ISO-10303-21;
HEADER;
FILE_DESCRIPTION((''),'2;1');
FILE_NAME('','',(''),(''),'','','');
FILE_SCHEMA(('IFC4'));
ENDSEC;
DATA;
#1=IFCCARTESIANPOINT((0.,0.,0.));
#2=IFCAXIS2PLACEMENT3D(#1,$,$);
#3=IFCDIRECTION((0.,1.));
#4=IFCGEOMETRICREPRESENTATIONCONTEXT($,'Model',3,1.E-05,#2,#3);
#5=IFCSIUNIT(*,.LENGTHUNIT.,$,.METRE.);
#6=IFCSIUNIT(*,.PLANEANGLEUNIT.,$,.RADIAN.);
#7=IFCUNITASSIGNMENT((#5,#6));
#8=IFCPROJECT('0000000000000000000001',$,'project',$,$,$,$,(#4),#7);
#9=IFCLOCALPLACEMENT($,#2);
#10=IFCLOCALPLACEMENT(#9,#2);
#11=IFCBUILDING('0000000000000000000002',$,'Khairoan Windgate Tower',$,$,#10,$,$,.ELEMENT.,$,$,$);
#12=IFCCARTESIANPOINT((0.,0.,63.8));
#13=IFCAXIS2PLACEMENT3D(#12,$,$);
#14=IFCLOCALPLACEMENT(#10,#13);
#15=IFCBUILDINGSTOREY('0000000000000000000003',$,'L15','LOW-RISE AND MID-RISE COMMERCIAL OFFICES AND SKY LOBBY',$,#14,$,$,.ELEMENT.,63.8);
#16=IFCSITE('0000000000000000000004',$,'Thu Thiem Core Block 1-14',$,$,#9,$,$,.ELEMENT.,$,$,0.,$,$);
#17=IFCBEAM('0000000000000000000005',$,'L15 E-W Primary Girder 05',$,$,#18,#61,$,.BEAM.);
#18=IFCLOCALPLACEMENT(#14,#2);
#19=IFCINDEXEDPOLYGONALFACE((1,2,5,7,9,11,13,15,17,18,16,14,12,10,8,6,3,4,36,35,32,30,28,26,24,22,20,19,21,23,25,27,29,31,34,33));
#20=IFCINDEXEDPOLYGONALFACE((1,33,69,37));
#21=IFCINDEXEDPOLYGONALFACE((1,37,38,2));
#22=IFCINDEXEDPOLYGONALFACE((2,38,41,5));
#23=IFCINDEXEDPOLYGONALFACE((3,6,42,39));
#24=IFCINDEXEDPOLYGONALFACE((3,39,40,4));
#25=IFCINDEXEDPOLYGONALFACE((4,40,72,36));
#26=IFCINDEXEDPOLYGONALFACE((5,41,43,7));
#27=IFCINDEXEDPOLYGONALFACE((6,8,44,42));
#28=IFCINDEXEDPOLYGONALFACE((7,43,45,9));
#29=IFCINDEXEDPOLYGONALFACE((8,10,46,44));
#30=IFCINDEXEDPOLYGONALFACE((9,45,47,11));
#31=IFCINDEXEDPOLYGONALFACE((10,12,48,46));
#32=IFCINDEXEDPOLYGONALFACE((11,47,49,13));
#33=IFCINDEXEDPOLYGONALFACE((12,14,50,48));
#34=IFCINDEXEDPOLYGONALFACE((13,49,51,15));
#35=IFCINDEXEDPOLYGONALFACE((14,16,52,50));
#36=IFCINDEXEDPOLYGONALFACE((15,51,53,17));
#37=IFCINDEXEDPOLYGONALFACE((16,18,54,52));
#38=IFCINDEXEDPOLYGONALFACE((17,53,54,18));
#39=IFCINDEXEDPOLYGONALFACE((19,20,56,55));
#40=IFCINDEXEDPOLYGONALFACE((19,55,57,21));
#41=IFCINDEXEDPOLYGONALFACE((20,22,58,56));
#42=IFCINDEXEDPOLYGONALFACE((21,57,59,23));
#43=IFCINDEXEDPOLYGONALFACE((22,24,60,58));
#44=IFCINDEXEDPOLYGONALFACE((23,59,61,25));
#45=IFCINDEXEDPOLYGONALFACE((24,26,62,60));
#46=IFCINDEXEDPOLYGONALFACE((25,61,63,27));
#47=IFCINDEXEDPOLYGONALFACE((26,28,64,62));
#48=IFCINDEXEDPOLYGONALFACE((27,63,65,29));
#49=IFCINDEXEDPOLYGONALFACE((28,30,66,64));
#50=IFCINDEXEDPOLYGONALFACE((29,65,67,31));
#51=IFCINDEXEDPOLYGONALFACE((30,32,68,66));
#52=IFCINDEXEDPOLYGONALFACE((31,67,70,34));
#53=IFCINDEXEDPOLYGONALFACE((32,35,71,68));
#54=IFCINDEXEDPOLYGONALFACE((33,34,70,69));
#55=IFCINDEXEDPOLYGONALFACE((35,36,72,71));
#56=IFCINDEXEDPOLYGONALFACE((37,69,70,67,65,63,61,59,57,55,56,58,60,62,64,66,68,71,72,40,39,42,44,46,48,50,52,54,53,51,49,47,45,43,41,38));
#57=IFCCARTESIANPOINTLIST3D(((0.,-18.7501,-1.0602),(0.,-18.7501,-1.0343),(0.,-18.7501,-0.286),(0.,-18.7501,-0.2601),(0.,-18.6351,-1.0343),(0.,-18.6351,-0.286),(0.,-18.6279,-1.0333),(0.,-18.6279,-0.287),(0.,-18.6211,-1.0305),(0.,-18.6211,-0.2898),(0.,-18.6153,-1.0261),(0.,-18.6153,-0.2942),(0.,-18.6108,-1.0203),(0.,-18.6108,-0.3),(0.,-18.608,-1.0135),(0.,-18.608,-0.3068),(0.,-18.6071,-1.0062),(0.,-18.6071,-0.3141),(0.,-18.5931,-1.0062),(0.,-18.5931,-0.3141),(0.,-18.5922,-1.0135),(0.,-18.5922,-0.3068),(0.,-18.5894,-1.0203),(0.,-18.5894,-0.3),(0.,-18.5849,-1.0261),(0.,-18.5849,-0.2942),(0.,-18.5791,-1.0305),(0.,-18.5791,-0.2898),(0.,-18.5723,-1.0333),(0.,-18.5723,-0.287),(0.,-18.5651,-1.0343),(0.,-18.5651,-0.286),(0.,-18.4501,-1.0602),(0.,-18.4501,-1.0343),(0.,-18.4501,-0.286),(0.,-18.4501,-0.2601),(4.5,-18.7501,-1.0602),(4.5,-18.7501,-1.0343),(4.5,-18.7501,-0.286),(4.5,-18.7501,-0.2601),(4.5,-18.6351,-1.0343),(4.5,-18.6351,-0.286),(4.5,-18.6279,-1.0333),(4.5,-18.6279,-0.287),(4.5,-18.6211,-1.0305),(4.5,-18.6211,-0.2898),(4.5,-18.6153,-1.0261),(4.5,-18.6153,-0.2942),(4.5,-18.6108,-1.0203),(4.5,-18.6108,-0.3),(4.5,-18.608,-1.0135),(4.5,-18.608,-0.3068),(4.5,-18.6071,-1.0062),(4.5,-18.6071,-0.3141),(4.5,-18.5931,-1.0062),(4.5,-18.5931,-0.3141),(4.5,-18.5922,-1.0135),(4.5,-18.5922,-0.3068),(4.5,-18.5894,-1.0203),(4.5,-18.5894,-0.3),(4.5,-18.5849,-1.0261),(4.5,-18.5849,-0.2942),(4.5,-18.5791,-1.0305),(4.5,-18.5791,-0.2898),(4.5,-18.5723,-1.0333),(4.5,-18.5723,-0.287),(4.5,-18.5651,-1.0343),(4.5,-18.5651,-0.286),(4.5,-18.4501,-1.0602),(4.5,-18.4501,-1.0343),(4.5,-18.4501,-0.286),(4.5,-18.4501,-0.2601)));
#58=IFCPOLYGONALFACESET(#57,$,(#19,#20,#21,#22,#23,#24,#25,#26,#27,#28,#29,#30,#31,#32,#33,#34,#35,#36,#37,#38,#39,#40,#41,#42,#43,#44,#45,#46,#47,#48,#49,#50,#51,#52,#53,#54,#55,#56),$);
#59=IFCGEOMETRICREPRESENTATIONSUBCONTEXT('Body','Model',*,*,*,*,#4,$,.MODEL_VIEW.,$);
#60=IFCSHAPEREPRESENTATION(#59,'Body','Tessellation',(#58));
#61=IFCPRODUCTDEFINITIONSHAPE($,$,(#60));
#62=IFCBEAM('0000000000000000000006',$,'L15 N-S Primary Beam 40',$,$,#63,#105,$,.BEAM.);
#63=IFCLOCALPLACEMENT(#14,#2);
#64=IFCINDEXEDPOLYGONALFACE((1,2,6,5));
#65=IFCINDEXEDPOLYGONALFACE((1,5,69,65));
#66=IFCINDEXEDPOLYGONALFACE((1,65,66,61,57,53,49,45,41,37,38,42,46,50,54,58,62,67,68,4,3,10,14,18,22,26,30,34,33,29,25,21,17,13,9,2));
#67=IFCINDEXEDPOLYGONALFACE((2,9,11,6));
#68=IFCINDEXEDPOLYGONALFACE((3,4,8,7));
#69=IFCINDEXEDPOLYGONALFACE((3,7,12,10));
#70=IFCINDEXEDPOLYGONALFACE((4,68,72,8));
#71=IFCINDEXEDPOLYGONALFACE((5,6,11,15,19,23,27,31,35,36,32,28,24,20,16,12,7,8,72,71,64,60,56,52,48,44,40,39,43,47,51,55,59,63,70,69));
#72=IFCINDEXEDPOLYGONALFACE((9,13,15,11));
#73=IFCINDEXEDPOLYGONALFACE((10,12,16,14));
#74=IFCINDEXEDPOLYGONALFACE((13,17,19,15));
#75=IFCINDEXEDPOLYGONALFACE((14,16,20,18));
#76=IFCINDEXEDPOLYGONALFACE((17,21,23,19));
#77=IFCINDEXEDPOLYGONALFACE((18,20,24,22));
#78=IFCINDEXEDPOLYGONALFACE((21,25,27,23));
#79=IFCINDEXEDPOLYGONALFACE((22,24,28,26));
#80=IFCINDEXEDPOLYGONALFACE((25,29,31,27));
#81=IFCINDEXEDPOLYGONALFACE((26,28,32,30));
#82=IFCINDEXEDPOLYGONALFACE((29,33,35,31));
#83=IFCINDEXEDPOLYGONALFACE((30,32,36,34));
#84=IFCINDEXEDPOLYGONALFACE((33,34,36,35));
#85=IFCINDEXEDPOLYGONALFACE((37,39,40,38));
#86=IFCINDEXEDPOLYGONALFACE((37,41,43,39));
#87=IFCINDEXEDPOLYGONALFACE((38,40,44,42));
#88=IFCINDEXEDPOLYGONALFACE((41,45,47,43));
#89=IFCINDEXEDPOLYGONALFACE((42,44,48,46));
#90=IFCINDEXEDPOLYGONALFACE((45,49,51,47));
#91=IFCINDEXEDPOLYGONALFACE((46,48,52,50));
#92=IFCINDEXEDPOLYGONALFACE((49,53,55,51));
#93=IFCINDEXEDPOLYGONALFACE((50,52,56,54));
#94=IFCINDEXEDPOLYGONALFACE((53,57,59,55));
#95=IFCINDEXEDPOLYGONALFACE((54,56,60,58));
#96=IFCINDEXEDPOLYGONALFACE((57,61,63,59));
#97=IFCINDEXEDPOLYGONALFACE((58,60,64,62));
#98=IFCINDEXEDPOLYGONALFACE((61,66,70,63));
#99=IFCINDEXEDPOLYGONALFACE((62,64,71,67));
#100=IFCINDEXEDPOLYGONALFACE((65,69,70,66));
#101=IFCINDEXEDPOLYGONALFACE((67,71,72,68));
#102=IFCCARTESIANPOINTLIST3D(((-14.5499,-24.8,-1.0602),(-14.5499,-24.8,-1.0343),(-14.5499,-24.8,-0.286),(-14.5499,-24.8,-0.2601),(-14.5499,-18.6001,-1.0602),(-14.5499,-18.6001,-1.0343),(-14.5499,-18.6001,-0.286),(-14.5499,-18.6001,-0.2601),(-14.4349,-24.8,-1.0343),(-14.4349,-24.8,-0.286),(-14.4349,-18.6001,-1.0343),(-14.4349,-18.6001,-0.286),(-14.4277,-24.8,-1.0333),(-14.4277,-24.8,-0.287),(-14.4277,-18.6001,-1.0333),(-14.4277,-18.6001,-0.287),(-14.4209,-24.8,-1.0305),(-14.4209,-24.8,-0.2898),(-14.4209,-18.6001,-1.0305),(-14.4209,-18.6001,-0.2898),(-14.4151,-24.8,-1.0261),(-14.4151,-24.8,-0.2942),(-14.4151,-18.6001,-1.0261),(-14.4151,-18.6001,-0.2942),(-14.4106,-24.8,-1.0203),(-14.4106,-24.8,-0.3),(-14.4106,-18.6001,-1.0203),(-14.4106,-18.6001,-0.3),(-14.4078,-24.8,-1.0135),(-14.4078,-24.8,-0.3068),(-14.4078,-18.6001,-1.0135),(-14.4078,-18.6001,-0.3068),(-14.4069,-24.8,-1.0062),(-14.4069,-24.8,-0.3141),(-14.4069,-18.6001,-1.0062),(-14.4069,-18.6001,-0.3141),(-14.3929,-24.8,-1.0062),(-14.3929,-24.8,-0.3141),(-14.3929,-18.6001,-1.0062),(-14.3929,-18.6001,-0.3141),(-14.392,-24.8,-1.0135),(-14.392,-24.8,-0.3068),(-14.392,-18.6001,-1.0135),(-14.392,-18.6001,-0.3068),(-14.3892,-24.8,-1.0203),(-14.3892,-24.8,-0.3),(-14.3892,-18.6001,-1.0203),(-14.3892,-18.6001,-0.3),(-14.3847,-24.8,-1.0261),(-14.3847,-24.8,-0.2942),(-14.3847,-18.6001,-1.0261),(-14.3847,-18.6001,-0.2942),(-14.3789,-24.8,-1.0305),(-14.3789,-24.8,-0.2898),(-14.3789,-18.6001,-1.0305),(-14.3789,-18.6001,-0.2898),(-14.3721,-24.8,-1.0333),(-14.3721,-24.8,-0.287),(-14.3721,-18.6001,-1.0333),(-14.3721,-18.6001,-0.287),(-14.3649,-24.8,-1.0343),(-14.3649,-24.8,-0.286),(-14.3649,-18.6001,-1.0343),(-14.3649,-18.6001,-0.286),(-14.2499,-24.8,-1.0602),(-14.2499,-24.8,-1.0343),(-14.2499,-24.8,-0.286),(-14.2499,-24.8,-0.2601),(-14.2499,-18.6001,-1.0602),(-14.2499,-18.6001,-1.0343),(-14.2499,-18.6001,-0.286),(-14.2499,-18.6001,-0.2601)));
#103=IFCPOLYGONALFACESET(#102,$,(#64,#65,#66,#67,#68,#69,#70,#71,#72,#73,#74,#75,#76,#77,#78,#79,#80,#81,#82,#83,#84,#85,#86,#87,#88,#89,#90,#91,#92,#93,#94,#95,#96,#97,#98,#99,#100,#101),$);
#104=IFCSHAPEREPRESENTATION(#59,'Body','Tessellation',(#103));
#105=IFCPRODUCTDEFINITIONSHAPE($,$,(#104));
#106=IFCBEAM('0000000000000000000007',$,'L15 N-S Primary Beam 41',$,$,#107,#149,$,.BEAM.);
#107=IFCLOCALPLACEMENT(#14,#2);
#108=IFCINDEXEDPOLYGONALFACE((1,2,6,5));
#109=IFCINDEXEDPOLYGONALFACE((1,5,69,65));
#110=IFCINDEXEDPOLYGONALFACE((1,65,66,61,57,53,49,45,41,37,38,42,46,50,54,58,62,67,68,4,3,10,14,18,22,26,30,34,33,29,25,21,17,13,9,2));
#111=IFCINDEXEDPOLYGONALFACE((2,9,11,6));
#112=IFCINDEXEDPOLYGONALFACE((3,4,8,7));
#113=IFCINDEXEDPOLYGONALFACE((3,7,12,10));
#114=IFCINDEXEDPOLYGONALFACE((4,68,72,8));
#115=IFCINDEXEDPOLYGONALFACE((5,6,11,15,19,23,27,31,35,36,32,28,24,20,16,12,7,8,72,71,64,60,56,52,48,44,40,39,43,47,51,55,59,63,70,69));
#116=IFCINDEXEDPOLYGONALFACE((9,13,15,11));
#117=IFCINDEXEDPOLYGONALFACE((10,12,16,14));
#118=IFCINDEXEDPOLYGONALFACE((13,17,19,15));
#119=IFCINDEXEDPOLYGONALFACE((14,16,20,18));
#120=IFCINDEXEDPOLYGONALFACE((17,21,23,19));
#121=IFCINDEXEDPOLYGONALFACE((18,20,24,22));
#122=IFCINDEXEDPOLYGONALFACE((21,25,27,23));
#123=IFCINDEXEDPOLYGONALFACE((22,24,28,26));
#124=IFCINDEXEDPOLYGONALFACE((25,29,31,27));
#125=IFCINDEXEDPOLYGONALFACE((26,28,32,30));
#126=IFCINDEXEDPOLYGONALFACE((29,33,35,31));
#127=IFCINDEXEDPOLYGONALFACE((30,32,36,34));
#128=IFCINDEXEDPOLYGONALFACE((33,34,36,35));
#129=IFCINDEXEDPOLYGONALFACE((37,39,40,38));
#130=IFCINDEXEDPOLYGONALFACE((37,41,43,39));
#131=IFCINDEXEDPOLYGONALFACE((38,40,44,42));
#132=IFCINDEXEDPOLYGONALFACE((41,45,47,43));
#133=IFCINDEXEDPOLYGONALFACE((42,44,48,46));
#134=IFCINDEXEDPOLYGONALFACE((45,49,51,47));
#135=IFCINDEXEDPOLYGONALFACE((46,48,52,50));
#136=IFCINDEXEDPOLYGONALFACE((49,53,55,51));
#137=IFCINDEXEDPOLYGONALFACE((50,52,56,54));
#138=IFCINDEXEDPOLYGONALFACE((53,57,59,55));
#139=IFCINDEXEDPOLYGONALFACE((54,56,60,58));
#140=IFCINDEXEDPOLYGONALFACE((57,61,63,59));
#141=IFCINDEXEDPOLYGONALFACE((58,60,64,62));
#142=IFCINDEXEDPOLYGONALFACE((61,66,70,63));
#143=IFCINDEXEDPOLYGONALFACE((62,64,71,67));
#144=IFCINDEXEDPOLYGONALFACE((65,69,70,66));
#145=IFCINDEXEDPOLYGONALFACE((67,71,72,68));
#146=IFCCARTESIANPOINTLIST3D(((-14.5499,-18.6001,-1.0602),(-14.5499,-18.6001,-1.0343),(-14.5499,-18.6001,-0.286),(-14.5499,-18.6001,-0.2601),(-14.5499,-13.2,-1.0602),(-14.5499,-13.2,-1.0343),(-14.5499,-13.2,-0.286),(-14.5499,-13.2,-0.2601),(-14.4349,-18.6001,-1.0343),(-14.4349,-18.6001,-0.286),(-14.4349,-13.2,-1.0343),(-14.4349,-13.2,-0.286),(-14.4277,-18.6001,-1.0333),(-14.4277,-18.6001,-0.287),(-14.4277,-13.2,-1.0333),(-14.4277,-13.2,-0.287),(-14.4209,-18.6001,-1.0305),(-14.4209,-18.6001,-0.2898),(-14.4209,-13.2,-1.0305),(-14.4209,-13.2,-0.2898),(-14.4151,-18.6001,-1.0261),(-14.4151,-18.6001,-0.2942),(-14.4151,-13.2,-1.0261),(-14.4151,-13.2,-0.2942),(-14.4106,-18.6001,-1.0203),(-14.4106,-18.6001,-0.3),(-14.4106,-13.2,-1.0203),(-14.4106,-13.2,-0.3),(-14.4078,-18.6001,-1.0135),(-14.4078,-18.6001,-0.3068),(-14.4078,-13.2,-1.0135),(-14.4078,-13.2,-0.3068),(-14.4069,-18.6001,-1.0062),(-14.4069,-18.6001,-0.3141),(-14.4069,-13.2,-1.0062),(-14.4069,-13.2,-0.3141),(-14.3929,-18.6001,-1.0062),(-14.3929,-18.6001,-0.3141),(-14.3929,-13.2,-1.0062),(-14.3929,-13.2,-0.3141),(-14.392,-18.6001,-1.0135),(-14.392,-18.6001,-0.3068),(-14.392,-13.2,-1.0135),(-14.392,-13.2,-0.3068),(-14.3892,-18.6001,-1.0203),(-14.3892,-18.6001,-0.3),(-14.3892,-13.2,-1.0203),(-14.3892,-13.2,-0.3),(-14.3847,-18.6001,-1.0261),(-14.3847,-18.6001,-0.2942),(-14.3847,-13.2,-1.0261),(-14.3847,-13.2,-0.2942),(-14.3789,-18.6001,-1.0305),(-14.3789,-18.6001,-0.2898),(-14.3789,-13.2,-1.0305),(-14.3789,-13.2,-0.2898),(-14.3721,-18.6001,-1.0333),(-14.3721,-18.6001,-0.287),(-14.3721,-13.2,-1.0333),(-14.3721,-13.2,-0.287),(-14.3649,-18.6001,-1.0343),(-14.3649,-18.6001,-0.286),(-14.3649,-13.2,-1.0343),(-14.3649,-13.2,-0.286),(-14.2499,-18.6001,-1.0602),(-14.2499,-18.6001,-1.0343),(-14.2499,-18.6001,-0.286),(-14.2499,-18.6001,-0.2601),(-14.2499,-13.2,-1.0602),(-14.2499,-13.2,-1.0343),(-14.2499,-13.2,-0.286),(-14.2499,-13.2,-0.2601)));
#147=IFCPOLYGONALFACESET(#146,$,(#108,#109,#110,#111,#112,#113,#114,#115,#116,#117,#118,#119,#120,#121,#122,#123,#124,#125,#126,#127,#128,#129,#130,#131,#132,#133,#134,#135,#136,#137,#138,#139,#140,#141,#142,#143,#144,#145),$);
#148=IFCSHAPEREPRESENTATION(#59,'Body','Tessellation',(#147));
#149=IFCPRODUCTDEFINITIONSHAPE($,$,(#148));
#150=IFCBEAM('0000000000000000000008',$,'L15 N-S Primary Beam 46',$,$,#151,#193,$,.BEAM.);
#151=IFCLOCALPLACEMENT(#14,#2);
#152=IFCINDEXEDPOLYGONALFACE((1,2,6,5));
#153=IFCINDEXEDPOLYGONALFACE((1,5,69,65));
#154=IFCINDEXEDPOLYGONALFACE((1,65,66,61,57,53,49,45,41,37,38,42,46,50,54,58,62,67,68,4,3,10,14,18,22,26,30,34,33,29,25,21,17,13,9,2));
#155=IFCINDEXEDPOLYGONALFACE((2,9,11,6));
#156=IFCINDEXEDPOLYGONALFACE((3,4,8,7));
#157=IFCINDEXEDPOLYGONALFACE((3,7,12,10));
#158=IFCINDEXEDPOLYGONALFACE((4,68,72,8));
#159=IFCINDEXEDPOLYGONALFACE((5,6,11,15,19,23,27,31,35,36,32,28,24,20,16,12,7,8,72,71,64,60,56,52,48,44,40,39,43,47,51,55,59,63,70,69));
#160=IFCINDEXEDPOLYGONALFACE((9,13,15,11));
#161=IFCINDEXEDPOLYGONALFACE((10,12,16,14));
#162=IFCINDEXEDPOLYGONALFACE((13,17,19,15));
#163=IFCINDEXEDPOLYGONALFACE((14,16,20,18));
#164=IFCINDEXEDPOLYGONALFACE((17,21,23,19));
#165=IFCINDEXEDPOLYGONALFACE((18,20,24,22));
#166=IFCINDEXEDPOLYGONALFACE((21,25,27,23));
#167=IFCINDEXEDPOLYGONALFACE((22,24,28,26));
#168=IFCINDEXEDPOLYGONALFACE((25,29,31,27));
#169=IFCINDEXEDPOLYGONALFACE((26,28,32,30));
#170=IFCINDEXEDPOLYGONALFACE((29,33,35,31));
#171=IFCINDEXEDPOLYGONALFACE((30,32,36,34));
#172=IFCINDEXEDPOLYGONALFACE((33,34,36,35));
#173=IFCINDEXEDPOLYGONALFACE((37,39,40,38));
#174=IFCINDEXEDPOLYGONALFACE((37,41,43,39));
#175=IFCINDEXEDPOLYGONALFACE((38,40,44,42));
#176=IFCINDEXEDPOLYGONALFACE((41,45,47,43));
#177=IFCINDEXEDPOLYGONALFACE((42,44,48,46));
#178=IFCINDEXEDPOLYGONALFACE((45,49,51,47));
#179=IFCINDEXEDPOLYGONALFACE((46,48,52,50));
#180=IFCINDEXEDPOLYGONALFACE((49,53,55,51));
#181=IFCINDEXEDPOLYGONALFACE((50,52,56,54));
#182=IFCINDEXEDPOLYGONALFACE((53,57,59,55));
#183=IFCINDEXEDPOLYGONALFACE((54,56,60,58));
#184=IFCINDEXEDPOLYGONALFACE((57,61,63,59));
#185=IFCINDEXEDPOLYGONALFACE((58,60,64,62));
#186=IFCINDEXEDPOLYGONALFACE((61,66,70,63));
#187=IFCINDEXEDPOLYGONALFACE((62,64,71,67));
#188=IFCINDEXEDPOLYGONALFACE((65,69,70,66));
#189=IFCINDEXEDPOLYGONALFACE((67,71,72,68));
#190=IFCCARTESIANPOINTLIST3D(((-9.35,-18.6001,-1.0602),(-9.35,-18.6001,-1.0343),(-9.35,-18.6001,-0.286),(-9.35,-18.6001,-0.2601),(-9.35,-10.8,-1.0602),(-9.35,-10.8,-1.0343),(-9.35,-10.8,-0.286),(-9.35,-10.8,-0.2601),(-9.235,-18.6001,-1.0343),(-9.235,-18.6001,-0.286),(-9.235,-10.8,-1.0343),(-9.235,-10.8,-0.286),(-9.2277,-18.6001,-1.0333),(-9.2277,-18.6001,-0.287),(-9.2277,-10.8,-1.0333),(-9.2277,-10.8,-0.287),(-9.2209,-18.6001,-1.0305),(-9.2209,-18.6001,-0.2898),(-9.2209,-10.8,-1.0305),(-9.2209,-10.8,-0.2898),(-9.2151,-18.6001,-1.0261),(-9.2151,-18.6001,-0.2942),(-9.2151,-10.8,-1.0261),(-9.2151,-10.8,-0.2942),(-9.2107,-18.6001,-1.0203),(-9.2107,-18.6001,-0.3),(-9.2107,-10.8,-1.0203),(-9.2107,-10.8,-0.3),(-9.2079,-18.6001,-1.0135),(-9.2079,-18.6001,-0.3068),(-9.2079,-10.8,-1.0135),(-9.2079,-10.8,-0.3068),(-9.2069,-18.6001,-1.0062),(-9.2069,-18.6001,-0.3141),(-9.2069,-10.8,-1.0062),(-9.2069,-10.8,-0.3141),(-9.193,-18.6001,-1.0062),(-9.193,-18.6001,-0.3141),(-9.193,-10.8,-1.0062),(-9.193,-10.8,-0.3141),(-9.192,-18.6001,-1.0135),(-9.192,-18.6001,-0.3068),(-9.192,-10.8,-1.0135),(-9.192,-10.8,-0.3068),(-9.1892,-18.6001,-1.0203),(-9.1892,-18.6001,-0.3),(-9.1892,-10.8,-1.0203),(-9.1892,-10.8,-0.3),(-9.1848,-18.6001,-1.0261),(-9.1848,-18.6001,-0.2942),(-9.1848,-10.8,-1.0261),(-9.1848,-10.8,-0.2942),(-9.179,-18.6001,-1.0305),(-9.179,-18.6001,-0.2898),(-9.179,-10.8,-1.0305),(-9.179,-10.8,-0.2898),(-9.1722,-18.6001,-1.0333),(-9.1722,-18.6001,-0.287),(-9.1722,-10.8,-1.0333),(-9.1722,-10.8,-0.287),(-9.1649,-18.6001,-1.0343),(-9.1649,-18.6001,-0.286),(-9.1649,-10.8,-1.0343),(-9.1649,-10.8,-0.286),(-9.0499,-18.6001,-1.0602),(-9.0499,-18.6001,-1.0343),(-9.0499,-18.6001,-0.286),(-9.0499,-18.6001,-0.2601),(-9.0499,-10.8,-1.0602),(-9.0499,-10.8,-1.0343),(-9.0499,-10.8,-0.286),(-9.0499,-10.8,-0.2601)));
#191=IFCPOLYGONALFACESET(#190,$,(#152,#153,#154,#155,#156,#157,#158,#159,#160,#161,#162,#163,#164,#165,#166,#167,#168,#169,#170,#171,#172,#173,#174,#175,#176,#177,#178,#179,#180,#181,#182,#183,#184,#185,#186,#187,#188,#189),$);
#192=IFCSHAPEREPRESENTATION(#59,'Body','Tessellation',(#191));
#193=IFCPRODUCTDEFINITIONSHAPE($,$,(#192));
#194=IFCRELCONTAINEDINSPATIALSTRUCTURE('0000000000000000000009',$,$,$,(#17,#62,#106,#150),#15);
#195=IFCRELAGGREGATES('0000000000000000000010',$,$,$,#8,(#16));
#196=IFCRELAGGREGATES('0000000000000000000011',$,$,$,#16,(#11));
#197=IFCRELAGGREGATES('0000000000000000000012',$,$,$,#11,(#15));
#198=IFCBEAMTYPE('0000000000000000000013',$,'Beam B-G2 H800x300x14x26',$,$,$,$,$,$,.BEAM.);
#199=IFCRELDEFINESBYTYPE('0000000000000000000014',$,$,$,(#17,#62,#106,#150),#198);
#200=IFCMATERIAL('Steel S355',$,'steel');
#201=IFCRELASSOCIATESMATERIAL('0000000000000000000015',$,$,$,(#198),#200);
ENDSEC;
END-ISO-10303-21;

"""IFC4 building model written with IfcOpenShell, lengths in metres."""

from ifc_helpers import new_model, si_unit, direction, frame, origin, origin_2d, place, context, subcontext, project, spatial, i_section, extrude, material, material_profile, profile_set, type_object, element, save


model = new_model("IFC4")

# Units and contexts
model_context = context("Model", 3, precision=1e-05, world=origin(), true_north=direction((0.0, 1.0)))
body_context = subcontext(model_context, "Body", "Model", "MODEL_VIEW")
ifc_project = project(units=[si_unit("LENGTHUNIT", "METRE"), si_unit("PLANEANGLEUNIT", "RADIAN")], contexts=[model_context])

# Site, building, storey
site_placement = place(None, origin())
site = spatial("IfcSite", under=ifc_project, at=site_placement, Name="Thu Thiem Core Block 1-14", CompositionType="ELEMENT", RefElevation=0.0)
building_placement = place(site_placement, origin())
building = spatial("IfcBuilding", under=site, at=building_placement, Name="Khairoan Windgate Tower", CompositionType="ELEMENT")
storey_placement = place(building_placement, frame((0.0, 0.0, 63.8)))
storey = spatial("IfcBuildingStorey", under=building, at=storey_placement, Name="L15", Description="LOW-RISE AND MID-RISE COMMERCIAL OFFICES AND SKY LOBBY", CompositionType="ELEMENT", Elevation=63.8)

# Beams
ifc_material_1 = material(Name="Steel S355", Category="steel")
ifc_material_profile_1 = material_profile(ifc_material_1, i_section(OverallWidth=0.3, OverallDepth=0.8, WebThickness=0.0139, FlangeThickness=0.0259, FilletRadius=0.0281, at=origin_2d()))
ifc_profile_set_1 = profile_set([ifc_material_profile_1], Name="Steel S355")
beam_type_1 = type_object("IfcBeamType", Name="Beam B-G2 H800x300x14x26", PredefinedType="BEAM", material=ifc_profile_set_1)
for number, where, z_axis, x_axis, name in (
    (1, (0.0, -18.6001, -0.6602), (1.0, 0.0, 0.0), (0.0, 1.0, 0.0), "L15 E-W Primary Girder 05"),
):
    element("IfcBeam", number, at=place(storey_placement, frame(where, z_axis=z_axis, x_axis=x_axis)), inside=storey, type_object=beam_type_1, Name=name, PredefinedType="BEAM", context=body_context, shape_type="SweptSolid", body=[
        extrude(i_section(OverallWidth=0.3, OverallDepth=0.8, WebThickness=0.0139, FlangeThickness=0.0259, FilletRadius=0.0281, at=origin_2d()), origin(), (0.0, 0.0, 1.0), 4.5),
    ])
beam_1_placement = place(storey_placement, frame((-14.3999, -24.8, -0.6602), z_axis=(0.0, 1.0, 0.0), x_axis=(-1.0, 0.0, 0.0)))
element("IfcBeam", 2, at=beam_1_placement, inside=storey, type_object=beam_type_1, Name="L15 N-S Primary Beam 40", PredefinedType="BEAM", context=body_context, shape_type="SweptSolid", body=[
    extrude(i_section(OverallWidth=0.3, OverallDepth=0.8, WebThickness=0.0139, FlangeThickness=0.0259, FilletRadius=0.0281, at=origin_2d()), origin(), (0.0, 0.0, 1.0), 6.2),
])
beam_2_placement = place(storey_placement, frame((-14.3999, -18.6001, -0.6602), z_axis=(0.0, 1.0, 0.0), x_axis=(-1.0, 0.0, 0.0)))
element("IfcBeam", 3, at=beam_2_placement, inside=storey, type_object=beam_type_1, Name="L15 N-S Primary Beam 41", PredefinedType="BEAM", context=body_context, shape_type="SweptSolid", body=[
    extrude(i_section(OverallWidth=0.3, OverallDepth=0.8, WebThickness=0.0139, FlangeThickness=0.0259, FilletRadius=0.0281, at=origin_2d()), origin(), (0.0, 0.0, 1.0), 5.4001),
])
beam_3_placement = place(storey_placement, frame((-9.2, -18.6001, -0.6602), z_axis=(0.0, 1.0, 0.0), x_axis=(-1.0, 0.0, 0.0)))
element("IfcBeam", 4, at=beam_3_placement, inside=storey, type_object=beam_type_1, Name="L15 N-S Primary Beam 46", PredefinedType="BEAM", context=body_context, shape_type="SweptSolid", body=[
    extrude(i_section(OverallWidth=0.3, OverallDepth=0.8, WebThickness=0.0139, FlangeThickness=0.0259, FilletRadius=0.0281, at=origin_2d()), origin(), (0.0, 0.0, 1.0), 7.8),
])

save(model, "model.ifc")
